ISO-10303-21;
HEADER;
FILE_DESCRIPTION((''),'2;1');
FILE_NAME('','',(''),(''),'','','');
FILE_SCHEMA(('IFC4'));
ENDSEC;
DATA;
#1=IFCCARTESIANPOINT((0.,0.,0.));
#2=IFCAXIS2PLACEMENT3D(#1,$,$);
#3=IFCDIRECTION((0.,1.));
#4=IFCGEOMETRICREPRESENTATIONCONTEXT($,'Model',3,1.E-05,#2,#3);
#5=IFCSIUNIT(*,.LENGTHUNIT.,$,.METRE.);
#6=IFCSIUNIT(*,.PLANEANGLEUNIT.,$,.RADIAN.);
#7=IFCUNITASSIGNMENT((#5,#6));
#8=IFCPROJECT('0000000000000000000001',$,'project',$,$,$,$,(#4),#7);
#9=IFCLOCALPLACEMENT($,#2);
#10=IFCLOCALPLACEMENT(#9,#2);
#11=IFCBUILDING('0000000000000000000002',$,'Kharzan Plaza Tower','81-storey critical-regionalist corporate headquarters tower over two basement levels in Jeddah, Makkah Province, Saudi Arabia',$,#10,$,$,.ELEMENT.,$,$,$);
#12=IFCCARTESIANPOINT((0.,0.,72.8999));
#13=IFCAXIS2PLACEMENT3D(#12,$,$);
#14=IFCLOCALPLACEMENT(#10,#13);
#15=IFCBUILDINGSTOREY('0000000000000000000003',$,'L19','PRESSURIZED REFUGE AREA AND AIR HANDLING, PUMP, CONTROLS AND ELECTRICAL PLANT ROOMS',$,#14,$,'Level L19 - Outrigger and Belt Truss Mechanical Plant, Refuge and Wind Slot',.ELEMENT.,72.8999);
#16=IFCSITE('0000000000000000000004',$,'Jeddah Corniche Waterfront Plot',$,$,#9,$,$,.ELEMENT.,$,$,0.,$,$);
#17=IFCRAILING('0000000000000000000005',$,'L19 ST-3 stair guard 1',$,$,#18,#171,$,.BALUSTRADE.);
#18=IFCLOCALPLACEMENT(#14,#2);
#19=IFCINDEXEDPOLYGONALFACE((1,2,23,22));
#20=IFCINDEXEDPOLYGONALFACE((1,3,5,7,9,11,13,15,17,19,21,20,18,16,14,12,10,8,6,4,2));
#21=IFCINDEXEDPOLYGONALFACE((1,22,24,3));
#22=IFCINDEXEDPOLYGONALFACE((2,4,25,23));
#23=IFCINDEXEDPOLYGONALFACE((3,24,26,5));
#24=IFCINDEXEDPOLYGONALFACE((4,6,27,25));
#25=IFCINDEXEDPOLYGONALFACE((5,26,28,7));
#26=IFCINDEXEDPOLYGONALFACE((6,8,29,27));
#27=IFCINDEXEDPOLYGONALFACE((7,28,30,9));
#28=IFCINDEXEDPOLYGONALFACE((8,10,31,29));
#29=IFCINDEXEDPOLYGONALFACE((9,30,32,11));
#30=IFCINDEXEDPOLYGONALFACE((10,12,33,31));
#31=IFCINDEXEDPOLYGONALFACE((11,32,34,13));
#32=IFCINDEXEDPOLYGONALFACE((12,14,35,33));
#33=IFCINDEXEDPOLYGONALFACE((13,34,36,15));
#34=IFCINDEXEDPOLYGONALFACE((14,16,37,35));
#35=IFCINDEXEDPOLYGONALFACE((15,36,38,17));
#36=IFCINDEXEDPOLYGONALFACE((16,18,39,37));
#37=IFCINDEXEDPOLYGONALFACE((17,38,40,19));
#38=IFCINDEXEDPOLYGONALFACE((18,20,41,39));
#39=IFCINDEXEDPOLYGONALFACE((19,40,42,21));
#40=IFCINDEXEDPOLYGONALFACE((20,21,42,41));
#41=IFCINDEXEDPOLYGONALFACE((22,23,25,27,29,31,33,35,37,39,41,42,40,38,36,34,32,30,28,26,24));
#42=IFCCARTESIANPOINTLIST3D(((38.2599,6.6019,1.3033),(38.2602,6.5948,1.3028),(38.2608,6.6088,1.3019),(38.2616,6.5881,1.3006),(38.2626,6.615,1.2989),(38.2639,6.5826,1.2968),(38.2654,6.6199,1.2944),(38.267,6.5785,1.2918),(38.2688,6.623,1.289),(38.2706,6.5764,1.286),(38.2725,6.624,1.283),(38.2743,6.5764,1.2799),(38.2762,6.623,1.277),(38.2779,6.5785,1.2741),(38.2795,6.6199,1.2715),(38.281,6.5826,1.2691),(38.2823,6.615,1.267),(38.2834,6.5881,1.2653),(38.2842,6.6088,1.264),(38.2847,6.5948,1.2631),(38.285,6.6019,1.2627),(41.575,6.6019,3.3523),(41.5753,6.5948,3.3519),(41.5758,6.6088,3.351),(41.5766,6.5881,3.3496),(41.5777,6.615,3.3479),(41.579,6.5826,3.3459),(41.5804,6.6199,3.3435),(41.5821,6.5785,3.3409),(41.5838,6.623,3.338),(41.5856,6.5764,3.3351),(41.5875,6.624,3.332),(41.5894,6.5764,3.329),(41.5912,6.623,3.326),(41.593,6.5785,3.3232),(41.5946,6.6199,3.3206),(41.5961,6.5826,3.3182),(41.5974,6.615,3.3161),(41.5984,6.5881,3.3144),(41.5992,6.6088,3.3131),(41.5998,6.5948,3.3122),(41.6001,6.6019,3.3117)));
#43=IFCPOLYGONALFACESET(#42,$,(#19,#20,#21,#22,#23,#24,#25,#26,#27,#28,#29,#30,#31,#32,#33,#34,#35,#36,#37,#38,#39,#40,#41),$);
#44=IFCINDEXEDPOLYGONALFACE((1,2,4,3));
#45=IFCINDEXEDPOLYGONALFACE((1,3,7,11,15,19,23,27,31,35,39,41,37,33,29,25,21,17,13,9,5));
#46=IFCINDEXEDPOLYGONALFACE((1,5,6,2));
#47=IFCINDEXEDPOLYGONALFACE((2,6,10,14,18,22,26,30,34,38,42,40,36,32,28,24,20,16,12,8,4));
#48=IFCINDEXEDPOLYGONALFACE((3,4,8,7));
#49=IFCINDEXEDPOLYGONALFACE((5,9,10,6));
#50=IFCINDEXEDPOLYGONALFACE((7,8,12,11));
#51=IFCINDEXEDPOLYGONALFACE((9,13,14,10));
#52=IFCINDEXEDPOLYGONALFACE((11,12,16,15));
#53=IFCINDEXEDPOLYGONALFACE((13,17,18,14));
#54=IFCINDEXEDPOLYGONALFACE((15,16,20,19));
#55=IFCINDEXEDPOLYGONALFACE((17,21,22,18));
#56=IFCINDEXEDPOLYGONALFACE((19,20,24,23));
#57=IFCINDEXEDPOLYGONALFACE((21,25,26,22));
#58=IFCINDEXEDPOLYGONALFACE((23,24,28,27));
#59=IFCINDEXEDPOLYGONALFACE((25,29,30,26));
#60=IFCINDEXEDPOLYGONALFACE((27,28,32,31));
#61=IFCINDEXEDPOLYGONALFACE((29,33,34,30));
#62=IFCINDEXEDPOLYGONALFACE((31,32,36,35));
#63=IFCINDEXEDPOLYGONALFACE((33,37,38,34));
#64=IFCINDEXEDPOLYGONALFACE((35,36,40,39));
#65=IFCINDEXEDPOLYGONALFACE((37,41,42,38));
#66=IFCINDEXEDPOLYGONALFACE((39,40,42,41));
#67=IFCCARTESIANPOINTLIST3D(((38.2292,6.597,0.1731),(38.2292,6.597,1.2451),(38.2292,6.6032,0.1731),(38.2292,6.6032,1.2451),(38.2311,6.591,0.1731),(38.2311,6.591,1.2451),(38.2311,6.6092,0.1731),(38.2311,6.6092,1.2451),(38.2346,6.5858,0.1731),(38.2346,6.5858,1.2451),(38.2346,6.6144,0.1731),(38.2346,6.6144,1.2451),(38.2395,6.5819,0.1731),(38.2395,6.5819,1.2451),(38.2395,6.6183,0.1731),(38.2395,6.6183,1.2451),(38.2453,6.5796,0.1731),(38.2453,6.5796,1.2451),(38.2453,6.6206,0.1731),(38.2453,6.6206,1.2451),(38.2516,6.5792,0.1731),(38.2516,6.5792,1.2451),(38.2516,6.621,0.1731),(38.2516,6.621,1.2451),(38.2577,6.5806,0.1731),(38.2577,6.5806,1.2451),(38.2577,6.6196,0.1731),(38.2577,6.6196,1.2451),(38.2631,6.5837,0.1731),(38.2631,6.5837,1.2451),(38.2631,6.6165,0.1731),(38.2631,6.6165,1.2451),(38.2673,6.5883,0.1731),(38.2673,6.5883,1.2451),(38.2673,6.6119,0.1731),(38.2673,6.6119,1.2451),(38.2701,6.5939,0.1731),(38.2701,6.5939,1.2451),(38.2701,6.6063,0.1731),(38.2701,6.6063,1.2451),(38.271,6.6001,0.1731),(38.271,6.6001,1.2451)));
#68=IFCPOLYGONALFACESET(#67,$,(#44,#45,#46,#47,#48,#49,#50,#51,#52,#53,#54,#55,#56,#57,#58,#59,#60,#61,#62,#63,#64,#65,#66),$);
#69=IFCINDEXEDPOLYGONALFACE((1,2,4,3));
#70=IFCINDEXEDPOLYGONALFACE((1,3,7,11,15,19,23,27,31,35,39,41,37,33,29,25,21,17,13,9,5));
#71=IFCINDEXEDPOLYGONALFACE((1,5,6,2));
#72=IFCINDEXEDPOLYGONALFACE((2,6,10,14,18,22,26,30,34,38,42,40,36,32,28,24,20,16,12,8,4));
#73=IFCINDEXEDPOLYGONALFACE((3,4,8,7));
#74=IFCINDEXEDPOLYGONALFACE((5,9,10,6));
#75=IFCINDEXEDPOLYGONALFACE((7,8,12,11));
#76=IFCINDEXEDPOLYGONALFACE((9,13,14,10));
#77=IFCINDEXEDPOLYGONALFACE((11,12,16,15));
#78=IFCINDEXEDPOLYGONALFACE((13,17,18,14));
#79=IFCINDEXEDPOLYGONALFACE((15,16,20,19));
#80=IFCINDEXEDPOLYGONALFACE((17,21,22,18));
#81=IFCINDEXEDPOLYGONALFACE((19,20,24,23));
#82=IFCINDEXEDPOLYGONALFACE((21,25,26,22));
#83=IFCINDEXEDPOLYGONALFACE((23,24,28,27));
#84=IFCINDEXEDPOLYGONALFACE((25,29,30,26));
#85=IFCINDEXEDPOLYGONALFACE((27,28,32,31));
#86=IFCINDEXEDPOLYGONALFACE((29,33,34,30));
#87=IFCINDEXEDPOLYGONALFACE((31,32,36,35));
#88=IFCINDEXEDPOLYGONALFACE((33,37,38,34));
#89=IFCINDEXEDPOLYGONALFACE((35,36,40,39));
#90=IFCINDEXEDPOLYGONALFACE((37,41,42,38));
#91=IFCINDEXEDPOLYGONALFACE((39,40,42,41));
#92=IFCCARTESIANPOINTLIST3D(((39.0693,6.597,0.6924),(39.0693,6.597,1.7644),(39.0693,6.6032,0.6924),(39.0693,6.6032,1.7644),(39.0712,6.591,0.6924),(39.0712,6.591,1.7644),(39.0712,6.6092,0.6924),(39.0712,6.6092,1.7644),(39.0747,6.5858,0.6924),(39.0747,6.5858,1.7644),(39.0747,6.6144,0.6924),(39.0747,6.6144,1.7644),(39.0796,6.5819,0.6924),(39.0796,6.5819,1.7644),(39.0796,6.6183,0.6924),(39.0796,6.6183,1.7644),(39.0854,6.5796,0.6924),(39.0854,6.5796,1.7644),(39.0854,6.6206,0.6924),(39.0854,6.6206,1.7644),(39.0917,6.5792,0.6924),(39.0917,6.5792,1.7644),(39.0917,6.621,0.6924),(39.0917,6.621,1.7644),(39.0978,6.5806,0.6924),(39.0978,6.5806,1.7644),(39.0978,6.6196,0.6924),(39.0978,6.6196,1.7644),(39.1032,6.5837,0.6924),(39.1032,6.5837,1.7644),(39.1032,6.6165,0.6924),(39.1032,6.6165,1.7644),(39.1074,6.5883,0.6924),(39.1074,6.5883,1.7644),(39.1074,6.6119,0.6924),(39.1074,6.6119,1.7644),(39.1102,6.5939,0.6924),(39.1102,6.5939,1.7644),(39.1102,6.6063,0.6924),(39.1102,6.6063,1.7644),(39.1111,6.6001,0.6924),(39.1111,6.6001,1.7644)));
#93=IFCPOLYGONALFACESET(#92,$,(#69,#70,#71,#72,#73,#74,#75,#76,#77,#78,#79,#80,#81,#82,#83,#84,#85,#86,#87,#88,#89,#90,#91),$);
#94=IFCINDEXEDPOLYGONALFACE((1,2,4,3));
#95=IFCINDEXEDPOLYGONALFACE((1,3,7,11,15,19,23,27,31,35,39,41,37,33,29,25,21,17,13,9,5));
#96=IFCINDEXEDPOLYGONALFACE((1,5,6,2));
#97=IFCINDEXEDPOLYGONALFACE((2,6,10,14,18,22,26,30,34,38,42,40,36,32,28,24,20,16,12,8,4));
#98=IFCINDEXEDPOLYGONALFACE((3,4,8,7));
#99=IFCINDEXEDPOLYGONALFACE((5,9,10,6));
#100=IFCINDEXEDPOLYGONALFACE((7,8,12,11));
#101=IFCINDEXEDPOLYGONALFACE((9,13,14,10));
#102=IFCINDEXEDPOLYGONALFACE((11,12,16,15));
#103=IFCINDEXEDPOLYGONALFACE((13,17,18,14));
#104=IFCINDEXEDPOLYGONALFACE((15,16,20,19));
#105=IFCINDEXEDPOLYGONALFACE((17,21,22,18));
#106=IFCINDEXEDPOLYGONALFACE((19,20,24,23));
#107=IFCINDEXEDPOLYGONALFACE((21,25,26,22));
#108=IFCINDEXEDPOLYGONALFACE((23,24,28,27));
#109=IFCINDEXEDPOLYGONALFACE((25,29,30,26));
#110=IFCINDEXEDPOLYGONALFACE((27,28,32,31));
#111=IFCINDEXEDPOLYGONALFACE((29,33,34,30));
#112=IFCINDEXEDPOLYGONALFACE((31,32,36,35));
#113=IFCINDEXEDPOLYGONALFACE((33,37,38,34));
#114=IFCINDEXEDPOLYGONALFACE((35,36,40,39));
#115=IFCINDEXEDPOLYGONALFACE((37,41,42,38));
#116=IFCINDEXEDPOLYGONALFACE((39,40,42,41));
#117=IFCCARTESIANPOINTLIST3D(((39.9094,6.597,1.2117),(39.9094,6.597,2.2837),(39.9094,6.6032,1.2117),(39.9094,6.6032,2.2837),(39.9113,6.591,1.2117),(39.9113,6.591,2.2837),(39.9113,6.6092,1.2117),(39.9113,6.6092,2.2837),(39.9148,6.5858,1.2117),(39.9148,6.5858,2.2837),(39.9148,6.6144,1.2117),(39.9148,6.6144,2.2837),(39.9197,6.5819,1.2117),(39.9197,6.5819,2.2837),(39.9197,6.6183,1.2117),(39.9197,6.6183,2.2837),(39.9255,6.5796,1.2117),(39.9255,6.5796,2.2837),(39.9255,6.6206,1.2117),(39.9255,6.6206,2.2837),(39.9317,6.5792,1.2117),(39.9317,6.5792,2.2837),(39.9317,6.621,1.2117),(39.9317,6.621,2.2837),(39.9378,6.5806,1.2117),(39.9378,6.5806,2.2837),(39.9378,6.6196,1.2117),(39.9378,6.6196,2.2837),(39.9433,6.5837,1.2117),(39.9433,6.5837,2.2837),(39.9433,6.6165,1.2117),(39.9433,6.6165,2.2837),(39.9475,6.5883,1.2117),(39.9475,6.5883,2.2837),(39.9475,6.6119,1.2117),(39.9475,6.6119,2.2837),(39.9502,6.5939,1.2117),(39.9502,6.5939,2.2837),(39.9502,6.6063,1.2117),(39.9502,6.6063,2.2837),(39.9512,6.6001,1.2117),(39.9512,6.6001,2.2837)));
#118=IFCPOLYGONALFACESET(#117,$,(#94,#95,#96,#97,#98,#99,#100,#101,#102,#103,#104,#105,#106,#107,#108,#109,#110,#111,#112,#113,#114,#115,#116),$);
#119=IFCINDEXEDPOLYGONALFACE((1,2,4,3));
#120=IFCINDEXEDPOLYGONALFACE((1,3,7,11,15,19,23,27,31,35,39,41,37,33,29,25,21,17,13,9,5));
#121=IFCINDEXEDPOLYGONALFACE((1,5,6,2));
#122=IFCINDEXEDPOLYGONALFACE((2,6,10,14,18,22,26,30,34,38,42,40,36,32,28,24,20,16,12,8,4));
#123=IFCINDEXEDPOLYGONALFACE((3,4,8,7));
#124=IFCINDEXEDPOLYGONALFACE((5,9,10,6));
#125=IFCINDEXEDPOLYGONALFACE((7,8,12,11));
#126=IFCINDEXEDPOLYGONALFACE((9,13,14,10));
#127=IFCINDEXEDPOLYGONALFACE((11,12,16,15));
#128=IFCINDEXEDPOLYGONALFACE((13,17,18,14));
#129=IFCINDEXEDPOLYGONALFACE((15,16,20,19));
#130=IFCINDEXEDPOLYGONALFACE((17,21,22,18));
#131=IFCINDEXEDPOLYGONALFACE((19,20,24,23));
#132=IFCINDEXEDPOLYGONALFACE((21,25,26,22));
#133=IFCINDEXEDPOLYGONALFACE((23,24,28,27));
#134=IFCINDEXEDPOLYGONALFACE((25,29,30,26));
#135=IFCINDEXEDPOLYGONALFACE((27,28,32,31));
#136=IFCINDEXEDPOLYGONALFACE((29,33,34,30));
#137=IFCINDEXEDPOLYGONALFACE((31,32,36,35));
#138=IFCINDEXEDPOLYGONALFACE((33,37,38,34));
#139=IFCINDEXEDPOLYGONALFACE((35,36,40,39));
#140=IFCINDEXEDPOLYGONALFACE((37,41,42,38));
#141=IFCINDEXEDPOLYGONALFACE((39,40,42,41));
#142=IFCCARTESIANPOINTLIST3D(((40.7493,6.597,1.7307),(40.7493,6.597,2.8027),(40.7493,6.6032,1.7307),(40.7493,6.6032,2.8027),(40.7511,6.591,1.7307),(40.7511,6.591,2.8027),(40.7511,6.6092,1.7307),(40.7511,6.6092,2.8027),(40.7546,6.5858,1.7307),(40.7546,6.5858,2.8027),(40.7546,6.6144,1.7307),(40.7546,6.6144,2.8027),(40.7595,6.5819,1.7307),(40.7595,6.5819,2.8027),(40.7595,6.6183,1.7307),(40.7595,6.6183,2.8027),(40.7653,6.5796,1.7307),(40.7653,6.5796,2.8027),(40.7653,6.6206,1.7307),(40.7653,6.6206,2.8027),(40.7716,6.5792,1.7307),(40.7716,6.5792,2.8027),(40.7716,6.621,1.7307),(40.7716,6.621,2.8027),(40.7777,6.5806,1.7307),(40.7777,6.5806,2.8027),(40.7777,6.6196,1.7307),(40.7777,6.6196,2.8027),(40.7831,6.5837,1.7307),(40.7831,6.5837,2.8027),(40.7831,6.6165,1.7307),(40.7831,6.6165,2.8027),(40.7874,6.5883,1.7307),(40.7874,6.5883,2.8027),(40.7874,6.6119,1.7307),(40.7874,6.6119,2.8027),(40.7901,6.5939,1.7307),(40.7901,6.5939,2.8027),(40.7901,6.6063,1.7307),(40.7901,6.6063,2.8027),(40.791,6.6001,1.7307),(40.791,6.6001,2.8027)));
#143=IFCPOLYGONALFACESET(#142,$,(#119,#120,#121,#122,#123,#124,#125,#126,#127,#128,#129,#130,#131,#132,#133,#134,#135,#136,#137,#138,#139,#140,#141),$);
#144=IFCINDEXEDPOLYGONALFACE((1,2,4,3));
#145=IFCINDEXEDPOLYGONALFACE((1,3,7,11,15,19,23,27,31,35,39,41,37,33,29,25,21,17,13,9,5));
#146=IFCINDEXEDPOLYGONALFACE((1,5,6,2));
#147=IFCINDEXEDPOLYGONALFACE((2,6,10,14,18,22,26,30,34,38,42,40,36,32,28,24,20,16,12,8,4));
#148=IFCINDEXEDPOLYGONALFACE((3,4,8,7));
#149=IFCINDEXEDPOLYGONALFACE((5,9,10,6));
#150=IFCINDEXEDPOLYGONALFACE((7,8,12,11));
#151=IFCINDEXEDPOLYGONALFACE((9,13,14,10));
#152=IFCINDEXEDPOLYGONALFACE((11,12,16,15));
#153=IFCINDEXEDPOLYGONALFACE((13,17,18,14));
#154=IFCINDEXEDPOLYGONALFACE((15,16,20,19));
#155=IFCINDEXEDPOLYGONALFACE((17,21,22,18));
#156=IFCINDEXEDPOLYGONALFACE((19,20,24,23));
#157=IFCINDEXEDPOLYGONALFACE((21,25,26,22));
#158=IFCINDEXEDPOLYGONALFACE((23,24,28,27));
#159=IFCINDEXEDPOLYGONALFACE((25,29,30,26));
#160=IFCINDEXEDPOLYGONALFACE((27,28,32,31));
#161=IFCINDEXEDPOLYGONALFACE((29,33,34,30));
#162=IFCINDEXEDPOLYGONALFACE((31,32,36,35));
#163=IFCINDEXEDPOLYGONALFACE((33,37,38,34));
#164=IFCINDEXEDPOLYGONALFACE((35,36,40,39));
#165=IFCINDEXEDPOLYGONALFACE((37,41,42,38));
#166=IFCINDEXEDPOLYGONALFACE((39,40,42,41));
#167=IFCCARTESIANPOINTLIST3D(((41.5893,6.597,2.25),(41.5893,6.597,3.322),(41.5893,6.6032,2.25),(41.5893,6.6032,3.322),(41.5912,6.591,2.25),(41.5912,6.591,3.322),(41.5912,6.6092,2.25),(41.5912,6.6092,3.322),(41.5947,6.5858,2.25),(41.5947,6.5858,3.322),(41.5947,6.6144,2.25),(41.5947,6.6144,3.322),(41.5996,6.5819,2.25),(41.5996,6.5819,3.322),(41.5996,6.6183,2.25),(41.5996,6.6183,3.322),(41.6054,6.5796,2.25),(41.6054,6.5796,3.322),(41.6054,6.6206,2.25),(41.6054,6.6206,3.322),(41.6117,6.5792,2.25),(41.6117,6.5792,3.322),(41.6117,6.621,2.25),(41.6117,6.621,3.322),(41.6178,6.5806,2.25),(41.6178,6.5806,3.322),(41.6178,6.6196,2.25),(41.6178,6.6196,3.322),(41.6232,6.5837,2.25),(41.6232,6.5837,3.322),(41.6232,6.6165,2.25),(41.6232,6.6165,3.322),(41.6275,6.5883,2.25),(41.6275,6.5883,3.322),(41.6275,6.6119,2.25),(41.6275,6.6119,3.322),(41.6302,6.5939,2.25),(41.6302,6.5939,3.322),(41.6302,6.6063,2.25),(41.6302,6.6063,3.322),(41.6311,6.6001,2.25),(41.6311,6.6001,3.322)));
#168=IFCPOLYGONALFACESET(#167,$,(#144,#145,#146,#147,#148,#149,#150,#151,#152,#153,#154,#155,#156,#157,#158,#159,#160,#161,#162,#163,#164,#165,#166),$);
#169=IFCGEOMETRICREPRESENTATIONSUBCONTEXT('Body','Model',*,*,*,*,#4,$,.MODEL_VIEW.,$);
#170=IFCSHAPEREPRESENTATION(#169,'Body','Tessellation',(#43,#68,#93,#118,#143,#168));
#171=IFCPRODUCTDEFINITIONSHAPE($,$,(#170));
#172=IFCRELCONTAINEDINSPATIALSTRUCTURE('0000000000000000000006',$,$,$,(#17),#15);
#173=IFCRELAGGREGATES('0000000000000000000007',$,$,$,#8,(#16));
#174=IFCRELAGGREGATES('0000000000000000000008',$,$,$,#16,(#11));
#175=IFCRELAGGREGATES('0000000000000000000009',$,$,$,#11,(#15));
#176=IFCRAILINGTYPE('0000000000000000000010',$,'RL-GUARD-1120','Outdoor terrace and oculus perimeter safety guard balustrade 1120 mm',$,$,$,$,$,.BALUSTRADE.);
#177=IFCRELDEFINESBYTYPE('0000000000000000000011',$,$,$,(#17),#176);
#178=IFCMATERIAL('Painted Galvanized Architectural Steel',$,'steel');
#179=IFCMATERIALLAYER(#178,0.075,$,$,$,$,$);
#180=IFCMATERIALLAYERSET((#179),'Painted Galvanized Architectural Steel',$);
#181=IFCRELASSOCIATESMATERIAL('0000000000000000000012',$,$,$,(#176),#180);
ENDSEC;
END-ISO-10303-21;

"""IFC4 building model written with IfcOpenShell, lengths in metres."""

from ifc_helpers import new_model, si_unit, direction, frame, origin, origin_2d, place, context, subcontext, project, spatial, circle, extrude, source, transform, mapped, material, layer, layer_set, type_object, element, save


model = new_model("IFC4")

# Units and contexts
model_context = context("Model", 3, precision=1e-05, world=origin(), true_north=direction((0.0, 1.0)))
body_context = subcontext(model_context, "Body", "Model", "MODEL_VIEW")
ifc_project = project(units=[si_unit("LENGTHUNIT", "METRE"), si_unit("PLANEANGLEUNIT", "RADIAN")], contexts=[model_context])

# Site, building, storey
site_placement = place(None, origin())
site = spatial("IfcSite", under=ifc_project, at=site_placement, Name="Jeddah Corniche Waterfront Plot", CompositionType="ELEMENT", RefElevation=0.0)
building_placement = place(site_placement, origin())
building = spatial("IfcBuilding", under=site, at=building_placement, Name="Kharzan Plaza Tower", Description="81-storey critical-regionalist corporate headquarters tower over two basement levels in Jeddah, Makkah Province, Saudi Arabia", CompositionType="ELEMENT")
storey_placement = place(building_placement, frame((0.0, 0.0, 72.8999)))
storey = spatial("IfcBuildingStorey", under=building, at=storey_placement, Name="L19", Description="PRESSURIZED REFUGE AREA AND AIR HANDLING, PUMP, CONTROLS AND ELECTRICAL PLANT ROOMS", LongName="Level L19 - Outrigger and Belt Truss Mechanical Plant, Refuge and Wind Slot", CompositionType="ELEMENT", Elevation=72.8999)

# Railing
ifc_material_1 = material(Name="Painted Galvanized Architectural Steel", Category="steel")
ifc_layer_1 = layer(ifc_material_1, 0.075)
ifc_layer_set_1 = layer_set([ifc_layer_1], Name="Painted Galvanized Architectural Steel")
railing_type_1 = type_object("IfcRailingType", Name="RL-GUARD-1120", Description="Outdoor terrace and oculus perimeter safety guard balustrade 1120 mm", PredefinedType="BALUSTRADE", material=ifc_layer_set_1)
shared_shape_1 = source(origin(), body_context, "Body", "SweptSolid", [
    extrude(circle(Radius=0.0239, at=origin_2d()), frame((0.0225, 0.0, 1.1099), z_axis=(0.850623, 0.0, 0.525776), x_axis=(0.0, 1.0, 0.0)), (0.0, 0.0, 1.0), 3.8972),
    extrude(circle(Radius=0.021, at=origin_2d()), origin(), (0.0, 0.0, 1.0), 1.072),
    extrude(circle(Radius=0.021, at=origin_2d()), frame((0.8401, 0.0, 0.5193)), (0.0, 0.0, 1.0), 1.072),
    extrude(circle(Radius=0.021, at=origin_2d()), frame((1.6802, 0.0, 1.0386)), (0.0, 0.0, 1.0), 1.072),
    extrude(circle(Radius=0.021, at=origin_2d()), frame((2.52, 0.0, 1.5576)), (0.0, 0.0, 1.0), 1.072),
    extrude(circle(Radius=0.021, at=origin_2d()), frame((3.3601, 0.0, 2.0769)), (0.0, 0.0, 1.0), 1.072),
])
railing_1_placement = place(storey_placement, frame((38.25, 6.6001, 0.1731)))
element("IfcRailing", 1, at=railing_1_placement, inside=storey, type_object=railing_type_1, Name="L19 ST-3 stair guard 1", PredefinedType="BALUSTRADE", context=body_context, shape_type="MappedRepresentation", body=[
    mapped(shared_shape_1, transform((0.0, 0.0, 0.0), x_axis=(1.0, 0.0, 0.0), y_axis=(0.0, 1.0, 0.0), z_axis=(0.0, 0.0, 1.0))),
])

save(model, "model.ifc")
